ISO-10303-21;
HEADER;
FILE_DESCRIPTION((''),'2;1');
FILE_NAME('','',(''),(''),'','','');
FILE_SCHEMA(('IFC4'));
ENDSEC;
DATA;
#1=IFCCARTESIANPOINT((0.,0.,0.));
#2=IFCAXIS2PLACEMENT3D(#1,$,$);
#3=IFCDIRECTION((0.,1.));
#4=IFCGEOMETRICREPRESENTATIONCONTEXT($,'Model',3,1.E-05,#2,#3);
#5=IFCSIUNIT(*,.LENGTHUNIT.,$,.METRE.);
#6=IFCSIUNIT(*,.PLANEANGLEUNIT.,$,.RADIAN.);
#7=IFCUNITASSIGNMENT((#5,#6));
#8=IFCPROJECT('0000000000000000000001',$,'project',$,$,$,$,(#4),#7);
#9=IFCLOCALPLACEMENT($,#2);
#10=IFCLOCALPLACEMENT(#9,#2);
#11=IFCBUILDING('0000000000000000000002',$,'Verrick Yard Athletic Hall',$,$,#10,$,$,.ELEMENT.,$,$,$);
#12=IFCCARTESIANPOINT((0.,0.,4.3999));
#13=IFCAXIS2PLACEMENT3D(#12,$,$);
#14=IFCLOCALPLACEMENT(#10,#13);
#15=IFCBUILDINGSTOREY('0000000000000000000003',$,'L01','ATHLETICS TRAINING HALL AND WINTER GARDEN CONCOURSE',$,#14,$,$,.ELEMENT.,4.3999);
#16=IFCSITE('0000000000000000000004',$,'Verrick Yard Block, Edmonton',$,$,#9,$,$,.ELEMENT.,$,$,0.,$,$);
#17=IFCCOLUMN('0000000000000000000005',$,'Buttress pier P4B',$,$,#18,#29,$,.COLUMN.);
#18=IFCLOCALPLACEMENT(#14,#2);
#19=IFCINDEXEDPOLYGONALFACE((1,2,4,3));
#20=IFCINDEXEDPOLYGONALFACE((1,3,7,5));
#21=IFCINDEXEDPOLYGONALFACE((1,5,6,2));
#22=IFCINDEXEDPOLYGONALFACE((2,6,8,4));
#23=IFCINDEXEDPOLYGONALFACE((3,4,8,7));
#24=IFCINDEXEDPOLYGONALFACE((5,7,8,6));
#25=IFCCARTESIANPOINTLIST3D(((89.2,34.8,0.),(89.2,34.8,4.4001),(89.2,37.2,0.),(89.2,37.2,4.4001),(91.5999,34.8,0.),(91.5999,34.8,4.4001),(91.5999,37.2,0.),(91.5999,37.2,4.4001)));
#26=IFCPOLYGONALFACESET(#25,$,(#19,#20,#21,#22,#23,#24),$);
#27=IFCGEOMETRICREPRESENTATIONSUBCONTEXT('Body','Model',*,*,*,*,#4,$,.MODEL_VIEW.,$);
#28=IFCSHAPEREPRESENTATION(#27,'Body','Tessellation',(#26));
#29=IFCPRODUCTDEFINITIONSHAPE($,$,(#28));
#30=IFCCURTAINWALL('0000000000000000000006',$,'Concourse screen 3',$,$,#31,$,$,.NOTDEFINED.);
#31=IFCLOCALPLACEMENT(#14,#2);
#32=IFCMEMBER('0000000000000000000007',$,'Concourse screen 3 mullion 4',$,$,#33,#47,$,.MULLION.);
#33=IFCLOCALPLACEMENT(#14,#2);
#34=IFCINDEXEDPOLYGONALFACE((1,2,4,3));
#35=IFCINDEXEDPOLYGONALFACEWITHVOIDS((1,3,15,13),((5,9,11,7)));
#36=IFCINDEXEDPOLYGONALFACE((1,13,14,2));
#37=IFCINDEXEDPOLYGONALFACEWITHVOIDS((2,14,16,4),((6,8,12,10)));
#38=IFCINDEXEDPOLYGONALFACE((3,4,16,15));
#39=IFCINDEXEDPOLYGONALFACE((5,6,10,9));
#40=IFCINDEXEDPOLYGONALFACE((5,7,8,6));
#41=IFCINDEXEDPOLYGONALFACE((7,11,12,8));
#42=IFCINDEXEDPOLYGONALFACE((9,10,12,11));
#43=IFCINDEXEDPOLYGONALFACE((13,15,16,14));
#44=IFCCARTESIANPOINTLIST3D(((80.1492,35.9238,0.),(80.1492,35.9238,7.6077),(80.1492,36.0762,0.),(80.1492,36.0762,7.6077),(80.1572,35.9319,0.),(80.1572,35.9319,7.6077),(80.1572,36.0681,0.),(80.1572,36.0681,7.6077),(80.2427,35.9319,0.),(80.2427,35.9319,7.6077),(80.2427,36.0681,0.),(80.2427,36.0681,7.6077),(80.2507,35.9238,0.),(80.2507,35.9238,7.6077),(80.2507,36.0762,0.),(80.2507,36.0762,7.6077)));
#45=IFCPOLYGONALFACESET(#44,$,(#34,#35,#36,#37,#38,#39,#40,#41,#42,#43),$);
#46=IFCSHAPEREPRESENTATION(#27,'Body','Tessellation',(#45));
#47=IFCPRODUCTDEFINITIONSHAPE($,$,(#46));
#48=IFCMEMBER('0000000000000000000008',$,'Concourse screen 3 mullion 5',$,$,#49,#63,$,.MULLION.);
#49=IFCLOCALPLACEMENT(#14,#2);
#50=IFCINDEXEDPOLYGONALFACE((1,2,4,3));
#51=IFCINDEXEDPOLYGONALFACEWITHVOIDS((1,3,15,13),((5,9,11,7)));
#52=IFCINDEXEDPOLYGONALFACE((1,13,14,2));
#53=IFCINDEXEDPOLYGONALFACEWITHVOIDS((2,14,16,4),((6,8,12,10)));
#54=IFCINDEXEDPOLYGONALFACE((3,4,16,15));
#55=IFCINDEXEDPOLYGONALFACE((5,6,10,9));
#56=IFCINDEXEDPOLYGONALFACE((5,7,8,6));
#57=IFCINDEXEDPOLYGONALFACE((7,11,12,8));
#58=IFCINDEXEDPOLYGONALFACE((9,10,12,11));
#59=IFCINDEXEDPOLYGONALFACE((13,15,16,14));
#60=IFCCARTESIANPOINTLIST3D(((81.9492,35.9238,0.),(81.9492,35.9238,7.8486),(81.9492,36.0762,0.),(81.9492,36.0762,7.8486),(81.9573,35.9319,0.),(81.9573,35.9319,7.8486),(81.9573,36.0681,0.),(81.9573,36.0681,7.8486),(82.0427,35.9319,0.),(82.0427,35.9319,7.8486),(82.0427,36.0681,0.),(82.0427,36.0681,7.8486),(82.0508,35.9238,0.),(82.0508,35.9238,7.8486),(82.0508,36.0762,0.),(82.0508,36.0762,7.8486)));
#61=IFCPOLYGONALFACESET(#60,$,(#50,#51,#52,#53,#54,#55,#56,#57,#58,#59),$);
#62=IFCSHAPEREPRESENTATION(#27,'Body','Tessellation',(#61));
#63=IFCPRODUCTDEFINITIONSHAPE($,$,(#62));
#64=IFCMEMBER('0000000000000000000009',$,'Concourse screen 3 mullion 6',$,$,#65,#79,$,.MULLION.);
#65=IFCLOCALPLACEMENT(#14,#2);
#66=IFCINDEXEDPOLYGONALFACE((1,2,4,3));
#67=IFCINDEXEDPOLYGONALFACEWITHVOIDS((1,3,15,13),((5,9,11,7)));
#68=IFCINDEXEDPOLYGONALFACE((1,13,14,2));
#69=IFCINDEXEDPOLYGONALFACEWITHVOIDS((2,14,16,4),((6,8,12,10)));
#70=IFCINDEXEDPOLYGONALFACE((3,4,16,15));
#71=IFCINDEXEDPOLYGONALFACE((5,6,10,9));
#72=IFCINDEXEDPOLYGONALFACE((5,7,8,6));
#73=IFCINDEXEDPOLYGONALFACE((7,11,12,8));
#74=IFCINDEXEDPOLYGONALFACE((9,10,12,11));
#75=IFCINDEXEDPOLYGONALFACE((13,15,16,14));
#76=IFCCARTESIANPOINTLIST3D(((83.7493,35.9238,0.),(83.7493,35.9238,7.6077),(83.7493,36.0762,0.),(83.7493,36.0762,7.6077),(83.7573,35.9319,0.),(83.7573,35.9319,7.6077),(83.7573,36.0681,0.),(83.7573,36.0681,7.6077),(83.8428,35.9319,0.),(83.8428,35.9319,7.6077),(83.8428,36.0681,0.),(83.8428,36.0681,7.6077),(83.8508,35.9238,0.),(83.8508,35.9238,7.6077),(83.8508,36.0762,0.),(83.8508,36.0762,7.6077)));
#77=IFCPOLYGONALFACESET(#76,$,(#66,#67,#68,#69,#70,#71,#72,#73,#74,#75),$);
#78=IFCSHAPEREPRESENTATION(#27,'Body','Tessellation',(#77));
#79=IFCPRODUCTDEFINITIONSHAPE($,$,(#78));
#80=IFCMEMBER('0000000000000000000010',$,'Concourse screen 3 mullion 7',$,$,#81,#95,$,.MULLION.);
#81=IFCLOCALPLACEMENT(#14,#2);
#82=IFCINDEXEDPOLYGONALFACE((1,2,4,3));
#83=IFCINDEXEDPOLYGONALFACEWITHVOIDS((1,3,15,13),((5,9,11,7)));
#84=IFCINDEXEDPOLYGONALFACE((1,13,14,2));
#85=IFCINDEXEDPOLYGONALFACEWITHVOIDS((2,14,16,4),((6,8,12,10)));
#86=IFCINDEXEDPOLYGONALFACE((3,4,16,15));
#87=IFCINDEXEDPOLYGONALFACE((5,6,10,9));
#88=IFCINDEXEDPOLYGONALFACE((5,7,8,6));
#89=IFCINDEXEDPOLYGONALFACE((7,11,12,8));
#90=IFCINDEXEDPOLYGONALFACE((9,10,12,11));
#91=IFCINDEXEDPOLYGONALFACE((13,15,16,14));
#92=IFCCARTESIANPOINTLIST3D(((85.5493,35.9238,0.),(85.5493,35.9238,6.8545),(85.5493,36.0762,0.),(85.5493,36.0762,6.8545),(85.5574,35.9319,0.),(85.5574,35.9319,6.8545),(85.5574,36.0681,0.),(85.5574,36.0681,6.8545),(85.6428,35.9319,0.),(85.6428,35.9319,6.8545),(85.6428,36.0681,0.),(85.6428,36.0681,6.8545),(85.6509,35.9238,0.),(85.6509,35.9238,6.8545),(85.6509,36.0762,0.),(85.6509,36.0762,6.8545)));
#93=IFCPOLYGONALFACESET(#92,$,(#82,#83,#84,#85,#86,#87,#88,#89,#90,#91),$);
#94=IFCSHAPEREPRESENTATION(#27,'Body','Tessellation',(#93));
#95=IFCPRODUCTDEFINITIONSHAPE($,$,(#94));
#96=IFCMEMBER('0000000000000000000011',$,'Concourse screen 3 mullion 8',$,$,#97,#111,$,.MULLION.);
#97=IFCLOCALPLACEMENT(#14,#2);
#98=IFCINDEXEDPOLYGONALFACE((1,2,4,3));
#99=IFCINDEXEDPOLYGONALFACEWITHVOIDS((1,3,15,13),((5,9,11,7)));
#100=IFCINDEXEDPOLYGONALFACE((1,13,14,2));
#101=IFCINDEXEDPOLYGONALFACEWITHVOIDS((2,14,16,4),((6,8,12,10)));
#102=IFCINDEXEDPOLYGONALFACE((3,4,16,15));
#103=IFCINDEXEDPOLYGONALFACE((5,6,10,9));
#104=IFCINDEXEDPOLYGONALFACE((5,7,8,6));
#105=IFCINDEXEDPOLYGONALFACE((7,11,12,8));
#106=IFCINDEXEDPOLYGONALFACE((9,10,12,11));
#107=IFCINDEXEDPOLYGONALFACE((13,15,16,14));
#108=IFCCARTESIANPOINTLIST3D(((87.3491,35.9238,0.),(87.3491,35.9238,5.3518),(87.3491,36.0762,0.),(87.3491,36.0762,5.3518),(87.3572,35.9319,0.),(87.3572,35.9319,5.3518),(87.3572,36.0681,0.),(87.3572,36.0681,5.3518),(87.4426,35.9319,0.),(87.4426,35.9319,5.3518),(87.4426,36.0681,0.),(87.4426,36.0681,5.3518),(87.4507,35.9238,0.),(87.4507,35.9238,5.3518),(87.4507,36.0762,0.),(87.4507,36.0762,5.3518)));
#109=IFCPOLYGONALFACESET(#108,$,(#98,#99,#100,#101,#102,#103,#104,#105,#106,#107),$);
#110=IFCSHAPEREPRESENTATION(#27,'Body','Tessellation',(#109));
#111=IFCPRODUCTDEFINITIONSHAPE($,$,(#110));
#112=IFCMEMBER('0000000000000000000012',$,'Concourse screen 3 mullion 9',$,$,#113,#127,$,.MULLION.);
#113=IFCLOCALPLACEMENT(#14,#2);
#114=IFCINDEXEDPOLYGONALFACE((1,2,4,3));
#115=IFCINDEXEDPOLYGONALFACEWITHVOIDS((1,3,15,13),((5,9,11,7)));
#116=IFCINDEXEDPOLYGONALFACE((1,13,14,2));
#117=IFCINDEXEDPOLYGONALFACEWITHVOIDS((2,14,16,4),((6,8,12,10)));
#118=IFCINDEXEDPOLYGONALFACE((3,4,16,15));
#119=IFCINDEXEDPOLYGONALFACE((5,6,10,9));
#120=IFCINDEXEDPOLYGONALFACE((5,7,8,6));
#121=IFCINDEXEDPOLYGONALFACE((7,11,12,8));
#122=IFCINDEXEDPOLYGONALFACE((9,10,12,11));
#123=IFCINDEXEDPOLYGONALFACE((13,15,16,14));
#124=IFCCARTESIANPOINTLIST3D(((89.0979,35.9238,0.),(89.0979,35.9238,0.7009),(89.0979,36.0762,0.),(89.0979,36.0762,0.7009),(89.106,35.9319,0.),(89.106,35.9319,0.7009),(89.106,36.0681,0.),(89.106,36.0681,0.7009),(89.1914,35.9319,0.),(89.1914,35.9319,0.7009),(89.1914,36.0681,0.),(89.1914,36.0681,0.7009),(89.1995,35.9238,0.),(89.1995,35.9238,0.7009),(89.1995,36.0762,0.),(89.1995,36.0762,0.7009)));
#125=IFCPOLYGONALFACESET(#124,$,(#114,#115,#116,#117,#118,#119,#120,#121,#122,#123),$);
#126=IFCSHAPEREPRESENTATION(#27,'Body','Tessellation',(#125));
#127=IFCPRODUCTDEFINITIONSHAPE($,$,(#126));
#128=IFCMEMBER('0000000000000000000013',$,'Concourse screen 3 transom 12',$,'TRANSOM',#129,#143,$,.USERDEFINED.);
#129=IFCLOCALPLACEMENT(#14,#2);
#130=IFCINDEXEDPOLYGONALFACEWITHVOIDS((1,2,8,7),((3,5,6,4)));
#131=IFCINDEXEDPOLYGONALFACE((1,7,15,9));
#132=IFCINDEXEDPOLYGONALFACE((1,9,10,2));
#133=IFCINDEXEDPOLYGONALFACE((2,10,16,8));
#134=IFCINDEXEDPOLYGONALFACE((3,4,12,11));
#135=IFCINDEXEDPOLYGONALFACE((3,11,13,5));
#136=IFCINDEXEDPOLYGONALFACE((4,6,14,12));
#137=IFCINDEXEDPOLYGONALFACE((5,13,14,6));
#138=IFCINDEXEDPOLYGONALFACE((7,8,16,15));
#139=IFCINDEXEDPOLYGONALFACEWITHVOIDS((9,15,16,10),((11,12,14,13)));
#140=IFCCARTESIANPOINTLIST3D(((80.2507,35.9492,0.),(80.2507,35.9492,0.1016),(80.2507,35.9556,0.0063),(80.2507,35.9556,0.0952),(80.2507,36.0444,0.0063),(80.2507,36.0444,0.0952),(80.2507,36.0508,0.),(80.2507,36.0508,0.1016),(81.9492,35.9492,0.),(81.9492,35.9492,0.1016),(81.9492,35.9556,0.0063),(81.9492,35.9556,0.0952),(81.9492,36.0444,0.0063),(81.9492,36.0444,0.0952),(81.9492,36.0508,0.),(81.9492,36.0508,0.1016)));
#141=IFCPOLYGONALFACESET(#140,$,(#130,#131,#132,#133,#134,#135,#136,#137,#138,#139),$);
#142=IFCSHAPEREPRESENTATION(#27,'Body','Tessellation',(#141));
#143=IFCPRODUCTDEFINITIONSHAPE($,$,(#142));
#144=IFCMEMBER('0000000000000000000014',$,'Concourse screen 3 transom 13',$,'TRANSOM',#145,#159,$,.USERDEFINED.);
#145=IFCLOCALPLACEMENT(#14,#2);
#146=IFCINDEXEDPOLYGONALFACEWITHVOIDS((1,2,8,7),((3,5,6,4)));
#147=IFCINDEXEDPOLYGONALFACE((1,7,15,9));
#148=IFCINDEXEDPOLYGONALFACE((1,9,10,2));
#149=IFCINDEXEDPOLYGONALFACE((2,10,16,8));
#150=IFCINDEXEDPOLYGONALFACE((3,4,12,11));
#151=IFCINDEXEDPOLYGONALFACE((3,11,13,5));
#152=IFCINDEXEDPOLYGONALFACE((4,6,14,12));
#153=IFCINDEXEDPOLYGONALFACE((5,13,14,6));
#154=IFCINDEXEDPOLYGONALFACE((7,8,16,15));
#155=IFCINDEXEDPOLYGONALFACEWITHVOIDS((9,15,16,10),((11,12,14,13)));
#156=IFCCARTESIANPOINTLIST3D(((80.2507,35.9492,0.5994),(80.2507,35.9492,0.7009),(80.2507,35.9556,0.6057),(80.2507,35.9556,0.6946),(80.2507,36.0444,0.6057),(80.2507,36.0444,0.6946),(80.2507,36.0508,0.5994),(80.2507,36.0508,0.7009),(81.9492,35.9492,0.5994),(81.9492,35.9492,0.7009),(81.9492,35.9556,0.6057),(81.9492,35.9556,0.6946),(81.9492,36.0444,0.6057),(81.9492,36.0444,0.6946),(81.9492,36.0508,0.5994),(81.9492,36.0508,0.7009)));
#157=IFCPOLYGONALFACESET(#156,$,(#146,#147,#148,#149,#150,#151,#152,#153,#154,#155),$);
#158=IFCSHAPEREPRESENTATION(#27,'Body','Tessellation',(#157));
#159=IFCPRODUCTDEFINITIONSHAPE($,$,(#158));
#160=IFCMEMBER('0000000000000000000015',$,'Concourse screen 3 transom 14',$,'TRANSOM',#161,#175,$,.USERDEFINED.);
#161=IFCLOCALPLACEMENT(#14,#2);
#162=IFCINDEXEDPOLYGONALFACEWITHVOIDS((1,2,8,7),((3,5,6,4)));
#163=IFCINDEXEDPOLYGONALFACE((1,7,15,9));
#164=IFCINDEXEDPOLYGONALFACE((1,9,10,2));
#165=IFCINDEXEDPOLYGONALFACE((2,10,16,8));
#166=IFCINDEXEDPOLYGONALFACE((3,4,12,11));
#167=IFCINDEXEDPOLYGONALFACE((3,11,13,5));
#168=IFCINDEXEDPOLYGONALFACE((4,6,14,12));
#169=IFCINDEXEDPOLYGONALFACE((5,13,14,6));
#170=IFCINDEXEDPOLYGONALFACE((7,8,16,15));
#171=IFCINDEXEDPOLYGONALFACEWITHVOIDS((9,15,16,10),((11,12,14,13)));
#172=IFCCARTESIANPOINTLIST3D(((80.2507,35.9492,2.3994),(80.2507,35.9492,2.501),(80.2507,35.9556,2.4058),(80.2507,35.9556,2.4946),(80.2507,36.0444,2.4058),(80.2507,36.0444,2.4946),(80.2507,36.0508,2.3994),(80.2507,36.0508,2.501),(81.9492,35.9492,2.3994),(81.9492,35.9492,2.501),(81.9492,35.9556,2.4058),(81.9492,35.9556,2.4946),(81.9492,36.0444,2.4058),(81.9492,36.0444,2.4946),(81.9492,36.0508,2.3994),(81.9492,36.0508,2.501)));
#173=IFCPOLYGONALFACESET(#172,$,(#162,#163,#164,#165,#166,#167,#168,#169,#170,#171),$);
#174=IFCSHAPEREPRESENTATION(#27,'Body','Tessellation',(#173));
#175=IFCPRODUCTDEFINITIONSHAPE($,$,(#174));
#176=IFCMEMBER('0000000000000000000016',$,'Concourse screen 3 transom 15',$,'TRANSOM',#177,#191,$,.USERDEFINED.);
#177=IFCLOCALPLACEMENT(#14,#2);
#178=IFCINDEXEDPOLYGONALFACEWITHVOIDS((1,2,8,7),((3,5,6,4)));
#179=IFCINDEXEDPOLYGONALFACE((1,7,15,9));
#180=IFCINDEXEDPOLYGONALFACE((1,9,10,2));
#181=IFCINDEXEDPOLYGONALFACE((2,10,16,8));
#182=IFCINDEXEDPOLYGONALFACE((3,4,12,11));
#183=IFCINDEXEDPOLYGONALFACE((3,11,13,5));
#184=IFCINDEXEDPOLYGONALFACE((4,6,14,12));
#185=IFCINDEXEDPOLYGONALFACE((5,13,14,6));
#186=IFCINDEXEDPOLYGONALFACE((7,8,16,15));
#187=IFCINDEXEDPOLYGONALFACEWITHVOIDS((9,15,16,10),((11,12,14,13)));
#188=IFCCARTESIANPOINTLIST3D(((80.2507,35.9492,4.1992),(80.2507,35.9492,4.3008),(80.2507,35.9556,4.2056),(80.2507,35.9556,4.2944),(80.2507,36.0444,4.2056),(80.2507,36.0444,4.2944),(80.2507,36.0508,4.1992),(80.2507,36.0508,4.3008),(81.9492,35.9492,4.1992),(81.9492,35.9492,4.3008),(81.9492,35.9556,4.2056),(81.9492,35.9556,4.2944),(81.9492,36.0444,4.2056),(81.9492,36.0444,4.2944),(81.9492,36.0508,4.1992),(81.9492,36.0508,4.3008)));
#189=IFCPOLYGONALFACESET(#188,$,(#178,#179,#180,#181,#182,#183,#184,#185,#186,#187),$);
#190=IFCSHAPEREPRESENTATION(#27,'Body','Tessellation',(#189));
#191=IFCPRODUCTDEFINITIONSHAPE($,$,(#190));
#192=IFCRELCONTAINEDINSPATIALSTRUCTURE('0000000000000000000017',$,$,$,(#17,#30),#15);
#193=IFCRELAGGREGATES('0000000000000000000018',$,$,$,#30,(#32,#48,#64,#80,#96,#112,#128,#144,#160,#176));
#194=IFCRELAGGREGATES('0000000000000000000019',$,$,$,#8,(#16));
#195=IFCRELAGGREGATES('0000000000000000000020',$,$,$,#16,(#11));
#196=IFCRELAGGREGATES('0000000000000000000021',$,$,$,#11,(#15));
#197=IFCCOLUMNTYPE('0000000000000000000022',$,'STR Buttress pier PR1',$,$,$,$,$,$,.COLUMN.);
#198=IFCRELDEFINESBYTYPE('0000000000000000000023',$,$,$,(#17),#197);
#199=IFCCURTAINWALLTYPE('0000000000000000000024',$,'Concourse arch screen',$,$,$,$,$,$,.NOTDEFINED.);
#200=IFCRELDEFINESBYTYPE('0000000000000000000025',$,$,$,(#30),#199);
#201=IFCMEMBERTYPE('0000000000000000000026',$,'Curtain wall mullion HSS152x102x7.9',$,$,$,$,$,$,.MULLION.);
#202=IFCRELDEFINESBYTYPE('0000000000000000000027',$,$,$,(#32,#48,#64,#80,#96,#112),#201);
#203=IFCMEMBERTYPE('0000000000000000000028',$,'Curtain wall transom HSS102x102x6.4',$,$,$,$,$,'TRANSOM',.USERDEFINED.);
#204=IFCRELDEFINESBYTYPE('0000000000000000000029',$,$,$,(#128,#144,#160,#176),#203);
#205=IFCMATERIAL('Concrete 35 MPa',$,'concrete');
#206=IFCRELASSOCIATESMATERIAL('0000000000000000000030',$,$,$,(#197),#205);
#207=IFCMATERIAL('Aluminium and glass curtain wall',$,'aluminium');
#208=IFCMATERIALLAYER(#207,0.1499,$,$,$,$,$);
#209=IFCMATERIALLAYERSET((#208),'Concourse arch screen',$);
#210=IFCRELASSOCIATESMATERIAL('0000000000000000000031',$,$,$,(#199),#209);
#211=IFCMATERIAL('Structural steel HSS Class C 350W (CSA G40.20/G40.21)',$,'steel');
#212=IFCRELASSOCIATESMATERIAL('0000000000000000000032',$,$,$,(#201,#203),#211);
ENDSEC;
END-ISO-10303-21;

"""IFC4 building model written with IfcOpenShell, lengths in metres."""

from ifc_helpers import new_model, si_unit, direction, frame, origin, origin_2d, place, context, subcontext, project, spatial, rectangle, hollow_rectangle, extrude, material, layer, layer_set, material_profile, profile_set, type_object, element, aggregate, save


model = new_model("IFC4")

# Units and contexts
model_context = context("Model", 3, precision=1e-05, world=origin(), true_north=direction((0.0, 1.0)))
body_context = subcontext(model_context, "Body", "Model", "MODEL_VIEW")
ifc_project = project(units=[si_unit("LENGTHUNIT", "METRE"), si_unit("PLANEANGLEUNIT", "RADIAN")], contexts=[model_context])

# Site, building, storey
site_placement = place(None, origin())
site = spatial("IfcSite", under=ifc_project, at=site_placement, Name="Verrick Yard Block, Edmonton", CompositionType="ELEMENT", RefElevation=0.0)
building_placement = place(site_placement, origin())
building = spatial("IfcBuilding", under=site, at=building_placement, Name="Verrick Yard Athletic Hall", CompositionType="ELEMENT")
storey_placement = place(building_placement, frame((0.0, 0.0, 4.3999)))
storey = spatial("IfcBuildingStorey", under=building, at=storey_placement, Name="L01", Description="ATHLETICS TRAINING HALL AND WINTER GARDEN CONCOURSE", CompositionType="ELEMENT", Elevation=4.3999)

# Column
ifc_material_1 = material(Name="Concrete 35 MPa", Category="concrete")
ifc_material_profile_1 = material_profile(ifc_material_1, rectangle(XDim=2.3999, YDim=2.3999, at=origin_2d()), Name="STR Buttress pier PR1")
ifc_profile_set_1 = profile_set([ifc_material_profile_1], Name="Concrete 35 MPa")
column_type = type_object("IfcColumnType", Name="STR Buttress pier PR1", PredefinedType="COLUMN", material=ifc_profile_set_1)
column_placement = place(storey_placement, frame((90.3999, 36.0, 0.0), z_axis=(0.0, 0.0, 1.0), x_axis=(1.0, 0.0, 0.0)))
element("IfcColumn", 1, at=column_placement, inside=storey, type_object=column_type, Name="Buttress pier P4B", PredefinedType="COLUMN", context=body_context, shape_type="SweptSolid", body=[
    extrude(rectangle(XDim=2.3999, YDim=2.3999, at=origin_2d()), origin(), (0.0, 0.0, 1.0), 4.4001),
])

# Curtain wall, members
ifc_material_2 = material(Name="Aluminium and glass curtain wall", Category="aluminium")
ifc_layer_1 = layer(ifc_material_2, 0.1499)
ifc_layer_set_1 = layer_set([ifc_layer_1], Name="Concourse arch screen")
curtain_wall_type = type_object("IfcCurtainWallType", Name="Concourse arch screen", PredefinedType="NOTDEFINED", material=ifc_layer_set_1)
curtain_wall_placement = place(storey_placement, origin())
curtain_wall = element("IfcCurtainWall", 2, at=curtain_wall_placement, inside=storey, type_object=curtain_wall_type, Name="Concourse screen 3", PredefinedType="NOTDEFINED")
ifc_material_3 = material(Name="Structural steel HSS Class C 350W (CSA G40.20/G40.21)", Category="steel")
ifc_material_profile_2 = material_profile(ifc_material_3, hollow_rectangle(XDim=0.1016, YDim=0.1523, WallThickness=0.0081, at=origin_2d()), Name="HSS152x102x7.9")
ifc_profile_set_2 = profile_set([ifc_material_profile_2], Name="Structural steel HSS Class C 350W (CSA G40.20/G40.21)")
member_type_1 = type_object("IfcMemberType", Name="Curtain wall mullion HSS152x102x7.9", PredefinedType="MULLION", material=ifc_profile_set_2)
member_1_placement = place(storey_placement, frame((80.2, 36.0, 0.0), z_axis=(0.0, 0.0, 1.0), x_axis=(1.0, 0.0, 0.0)))
member_1 = element("IfcMember", 3, at=member_1_placement, type_object=member_type_1, Name="Concourse screen 3 mullion 4", PredefinedType="MULLION", context=body_context, shape_type="SweptSolid", body=[
    extrude(hollow_rectangle(XDim=0.1016, YDim=0.1523, WallThickness=0.0081, at=origin_2d()), origin(), (0.0, 0.0, 1.0), 7.6077),
])
member_2_placement = place(storey_placement, frame((82.0, 36.0, 0.0), z_axis=(0.0, 0.0, 1.0), x_axis=(1.0, 0.0, 0.0)))
member_2 = element("IfcMember", 4, at=member_2_placement, type_object=member_type_1, Name="Concourse screen 3 mullion 5", PredefinedType="MULLION", context=body_context, shape_type="SweptSolid", body=[
    extrude(hollow_rectangle(XDim=0.1016, YDim=0.1523, WallThickness=0.0081, at=origin_2d()), origin(), (0.0, 0.0, 1.0), 7.8486),
])
member_3_placement = place(storey_placement, frame((83.8, 36.0, 0.0), z_axis=(0.0, 0.0, 1.0), x_axis=(1.0, 0.0, 0.0)))
member_3 = element("IfcMember", 5, at=member_3_placement, type_object=member_type_1, Name="Concourse screen 3 mullion 6", PredefinedType="MULLION", context=body_context, shape_type="SweptSolid", body=[
    extrude(hollow_rectangle(XDim=0.1016, YDim=0.1523, WallThickness=0.0081, at=origin_2d()), origin(), (0.0, 0.0, 1.0), 7.6077),
])
member_4_placement = place(storey_placement, frame((85.6001, 36.0, 0.0), z_axis=(0.0, 0.0, 1.0), x_axis=(1.0, 0.0, 0.0)))
member_4 = element("IfcMember", 6, at=member_4_placement, type_object=member_type_1, Name="Concourse screen 3 mullion 7", PredefinedType="MULLION", context=body_context, shape_type="SweptSolid", body=[
    extrude(hollow_rectangle(XDim=0.1016, YDim=0.1523, WallThickness=0.0081, at=origin_2d()), origin(), (0.0, 0.0, 1.0), 6.8545),
])
member_5_placement = place(storey_placement, frame((87.3999, 36.0, 0.0), z_axis=(0.0, 0.0, 1.0), x_axis=(1.0, 0.0, 0.0)))
member_5 = element("IfcMember", 7, at=member_5_placement, type_object=member_type_1, Name="Concourse screen 3 mullion 8", PredefinedType="MULLION", context=body_context, shape_type="SweptSolid", body=[
    extrude(hollow_rectangle(XDim=0.1016, YDim=0.1523, WallThickness=0.0081, at=origin_2d()), origin(), (0.0, 0.0, 1.0), 5.3518),
])
member_6_placement = place(storey_placement, frame((89.1487, 36.0, 0.0), z_axis=(0.0, 0.0, 1.0), x_axis=(1.0, 0.0, 0.0)))
member_6 = element("IfcMember", 8, at=member_6_placement, type_object=member_type_1, Name="Concourse screen 3 mullion 9", PredefinedType="MULLION", context=body_context, shape_type="SweptSolid", body=[
    extrude(hollow_rectangle(XDim=0.1016, YDim=0.1523, WallThickness=0.0081, at=origin_2d()), origin(), (0.0, 0.0, 1.0), 0.7009),
])
ifc_material_profile_3 = material_profile(ifc_material_3, hollow_rectangle(XDim=0.1016, YDim=0.1016, WallThickness=0.0063, at=origin_2d()), Name="HSS102x102x6.4")
ifc_profile_set_3 = profile_set([ifc_material_profile_3], Name="Structural steel HSS Class C 350W (CSA G40.20/G40.21)")
member_type_2 = type_object("IfcMemberType", Name="Curtain wall transom HSS102x102x6.4", ElementType="TRANSOM", PredefinedType="USERDEFINED", material=ifc_profile_set_3)
member_7_placement = place(storey_placement, frame((80.2507, 36.0, 0.0508), z_axis=(1.0, 0.0, 0.0), x_axis=(0.0, 1.0, 0.0)))
member_7 = element("IfcMember", 9, at=member_7_placement, type_object=member_type_2, Name="Concourse screen 3 transom 12", ObjectType="TRANSOM", PredefinedType="USERDEFINED", context=body_context, shape_type="SweptSolid", body=[
    extrude(hollow_rectangle(XDim=0.1016, YDim=0.1016, WallThickness=0.0063, at=origin_2d()), origin(), (0.0, 0.0, 1.0), 1.6985),
])
member_8_placement = place(storey_placement, frame((80.2507, 36.0, 0.6501), z_axis=(1.0, 0.0, 0.0), x_axis=(0.0, 1.0, 0.0)))
member_8 = element("IfcMember", 10, at=member_8_placement, type_object=member_type_2, Name="Concourse screen 3 transom 13", ObjectType="TRANSOM", PredefinedType="USERDEFINED", context=body_context, shape_type="SweptSolid", body=[
    extrude(hollow_rectangle(XDim=0.1016, YDim=0.1016, WallThickness=0.0063, at=origin_2d()), origin(), (0.0, 0.0, 1.0), 1.6985),
])
member_9_placement = place(storey_placement, frame((80.2507, 36.0, 2.4502), z_axis=(1.0, 0.0, 0.0), x_axis=(0.0, 1.0, 0.0)))
member_9 = element("IfcMember", 11, at=member_9_placement, type_object=member_type_2, Name="Concourse screen 3 transom 14", ObjectType="TRANSOM", PredefinedType="USERDEFINED", context=body_context, shape_type="SweptSolid", body=[
    extrude(hollow_rectangle(XDim=0.1016, YDim=0.1016, WallThickness=0.0063, at=origin_2d()), origin(), (0.0, 0.0, 1.0), 1.6985),
])
member_10_placement = place(storey_placement, frame((80.2507, 36.0, 4.25), z_axis=(1.0, 0.0, 0.0), x_axis=(0.0, 1.0, 0.0)))
member_10 = element("IfcMember", 12, at=member_10_placement, type_object=member_type_2, Name="Concourse screen 3 transom 15", ObjectType="TRANSOM", PredefinedType="USERDEFINED", context=body_context, shape_type="SweptSolid", body=[
    extrude(hollow_rectangle(XDim=0.1016, YDim=0.1016, WallThickness=0.0063, at=origin_2d()), origin(), (0.0, 0.0, 1.0), 1.6985),
])
aggregate(curtain_wall, [member_1, member_2, member_3, member_4, member_5, member_6, member_7, member_8, member_9, member_10])

save(model, "model.ifc")
